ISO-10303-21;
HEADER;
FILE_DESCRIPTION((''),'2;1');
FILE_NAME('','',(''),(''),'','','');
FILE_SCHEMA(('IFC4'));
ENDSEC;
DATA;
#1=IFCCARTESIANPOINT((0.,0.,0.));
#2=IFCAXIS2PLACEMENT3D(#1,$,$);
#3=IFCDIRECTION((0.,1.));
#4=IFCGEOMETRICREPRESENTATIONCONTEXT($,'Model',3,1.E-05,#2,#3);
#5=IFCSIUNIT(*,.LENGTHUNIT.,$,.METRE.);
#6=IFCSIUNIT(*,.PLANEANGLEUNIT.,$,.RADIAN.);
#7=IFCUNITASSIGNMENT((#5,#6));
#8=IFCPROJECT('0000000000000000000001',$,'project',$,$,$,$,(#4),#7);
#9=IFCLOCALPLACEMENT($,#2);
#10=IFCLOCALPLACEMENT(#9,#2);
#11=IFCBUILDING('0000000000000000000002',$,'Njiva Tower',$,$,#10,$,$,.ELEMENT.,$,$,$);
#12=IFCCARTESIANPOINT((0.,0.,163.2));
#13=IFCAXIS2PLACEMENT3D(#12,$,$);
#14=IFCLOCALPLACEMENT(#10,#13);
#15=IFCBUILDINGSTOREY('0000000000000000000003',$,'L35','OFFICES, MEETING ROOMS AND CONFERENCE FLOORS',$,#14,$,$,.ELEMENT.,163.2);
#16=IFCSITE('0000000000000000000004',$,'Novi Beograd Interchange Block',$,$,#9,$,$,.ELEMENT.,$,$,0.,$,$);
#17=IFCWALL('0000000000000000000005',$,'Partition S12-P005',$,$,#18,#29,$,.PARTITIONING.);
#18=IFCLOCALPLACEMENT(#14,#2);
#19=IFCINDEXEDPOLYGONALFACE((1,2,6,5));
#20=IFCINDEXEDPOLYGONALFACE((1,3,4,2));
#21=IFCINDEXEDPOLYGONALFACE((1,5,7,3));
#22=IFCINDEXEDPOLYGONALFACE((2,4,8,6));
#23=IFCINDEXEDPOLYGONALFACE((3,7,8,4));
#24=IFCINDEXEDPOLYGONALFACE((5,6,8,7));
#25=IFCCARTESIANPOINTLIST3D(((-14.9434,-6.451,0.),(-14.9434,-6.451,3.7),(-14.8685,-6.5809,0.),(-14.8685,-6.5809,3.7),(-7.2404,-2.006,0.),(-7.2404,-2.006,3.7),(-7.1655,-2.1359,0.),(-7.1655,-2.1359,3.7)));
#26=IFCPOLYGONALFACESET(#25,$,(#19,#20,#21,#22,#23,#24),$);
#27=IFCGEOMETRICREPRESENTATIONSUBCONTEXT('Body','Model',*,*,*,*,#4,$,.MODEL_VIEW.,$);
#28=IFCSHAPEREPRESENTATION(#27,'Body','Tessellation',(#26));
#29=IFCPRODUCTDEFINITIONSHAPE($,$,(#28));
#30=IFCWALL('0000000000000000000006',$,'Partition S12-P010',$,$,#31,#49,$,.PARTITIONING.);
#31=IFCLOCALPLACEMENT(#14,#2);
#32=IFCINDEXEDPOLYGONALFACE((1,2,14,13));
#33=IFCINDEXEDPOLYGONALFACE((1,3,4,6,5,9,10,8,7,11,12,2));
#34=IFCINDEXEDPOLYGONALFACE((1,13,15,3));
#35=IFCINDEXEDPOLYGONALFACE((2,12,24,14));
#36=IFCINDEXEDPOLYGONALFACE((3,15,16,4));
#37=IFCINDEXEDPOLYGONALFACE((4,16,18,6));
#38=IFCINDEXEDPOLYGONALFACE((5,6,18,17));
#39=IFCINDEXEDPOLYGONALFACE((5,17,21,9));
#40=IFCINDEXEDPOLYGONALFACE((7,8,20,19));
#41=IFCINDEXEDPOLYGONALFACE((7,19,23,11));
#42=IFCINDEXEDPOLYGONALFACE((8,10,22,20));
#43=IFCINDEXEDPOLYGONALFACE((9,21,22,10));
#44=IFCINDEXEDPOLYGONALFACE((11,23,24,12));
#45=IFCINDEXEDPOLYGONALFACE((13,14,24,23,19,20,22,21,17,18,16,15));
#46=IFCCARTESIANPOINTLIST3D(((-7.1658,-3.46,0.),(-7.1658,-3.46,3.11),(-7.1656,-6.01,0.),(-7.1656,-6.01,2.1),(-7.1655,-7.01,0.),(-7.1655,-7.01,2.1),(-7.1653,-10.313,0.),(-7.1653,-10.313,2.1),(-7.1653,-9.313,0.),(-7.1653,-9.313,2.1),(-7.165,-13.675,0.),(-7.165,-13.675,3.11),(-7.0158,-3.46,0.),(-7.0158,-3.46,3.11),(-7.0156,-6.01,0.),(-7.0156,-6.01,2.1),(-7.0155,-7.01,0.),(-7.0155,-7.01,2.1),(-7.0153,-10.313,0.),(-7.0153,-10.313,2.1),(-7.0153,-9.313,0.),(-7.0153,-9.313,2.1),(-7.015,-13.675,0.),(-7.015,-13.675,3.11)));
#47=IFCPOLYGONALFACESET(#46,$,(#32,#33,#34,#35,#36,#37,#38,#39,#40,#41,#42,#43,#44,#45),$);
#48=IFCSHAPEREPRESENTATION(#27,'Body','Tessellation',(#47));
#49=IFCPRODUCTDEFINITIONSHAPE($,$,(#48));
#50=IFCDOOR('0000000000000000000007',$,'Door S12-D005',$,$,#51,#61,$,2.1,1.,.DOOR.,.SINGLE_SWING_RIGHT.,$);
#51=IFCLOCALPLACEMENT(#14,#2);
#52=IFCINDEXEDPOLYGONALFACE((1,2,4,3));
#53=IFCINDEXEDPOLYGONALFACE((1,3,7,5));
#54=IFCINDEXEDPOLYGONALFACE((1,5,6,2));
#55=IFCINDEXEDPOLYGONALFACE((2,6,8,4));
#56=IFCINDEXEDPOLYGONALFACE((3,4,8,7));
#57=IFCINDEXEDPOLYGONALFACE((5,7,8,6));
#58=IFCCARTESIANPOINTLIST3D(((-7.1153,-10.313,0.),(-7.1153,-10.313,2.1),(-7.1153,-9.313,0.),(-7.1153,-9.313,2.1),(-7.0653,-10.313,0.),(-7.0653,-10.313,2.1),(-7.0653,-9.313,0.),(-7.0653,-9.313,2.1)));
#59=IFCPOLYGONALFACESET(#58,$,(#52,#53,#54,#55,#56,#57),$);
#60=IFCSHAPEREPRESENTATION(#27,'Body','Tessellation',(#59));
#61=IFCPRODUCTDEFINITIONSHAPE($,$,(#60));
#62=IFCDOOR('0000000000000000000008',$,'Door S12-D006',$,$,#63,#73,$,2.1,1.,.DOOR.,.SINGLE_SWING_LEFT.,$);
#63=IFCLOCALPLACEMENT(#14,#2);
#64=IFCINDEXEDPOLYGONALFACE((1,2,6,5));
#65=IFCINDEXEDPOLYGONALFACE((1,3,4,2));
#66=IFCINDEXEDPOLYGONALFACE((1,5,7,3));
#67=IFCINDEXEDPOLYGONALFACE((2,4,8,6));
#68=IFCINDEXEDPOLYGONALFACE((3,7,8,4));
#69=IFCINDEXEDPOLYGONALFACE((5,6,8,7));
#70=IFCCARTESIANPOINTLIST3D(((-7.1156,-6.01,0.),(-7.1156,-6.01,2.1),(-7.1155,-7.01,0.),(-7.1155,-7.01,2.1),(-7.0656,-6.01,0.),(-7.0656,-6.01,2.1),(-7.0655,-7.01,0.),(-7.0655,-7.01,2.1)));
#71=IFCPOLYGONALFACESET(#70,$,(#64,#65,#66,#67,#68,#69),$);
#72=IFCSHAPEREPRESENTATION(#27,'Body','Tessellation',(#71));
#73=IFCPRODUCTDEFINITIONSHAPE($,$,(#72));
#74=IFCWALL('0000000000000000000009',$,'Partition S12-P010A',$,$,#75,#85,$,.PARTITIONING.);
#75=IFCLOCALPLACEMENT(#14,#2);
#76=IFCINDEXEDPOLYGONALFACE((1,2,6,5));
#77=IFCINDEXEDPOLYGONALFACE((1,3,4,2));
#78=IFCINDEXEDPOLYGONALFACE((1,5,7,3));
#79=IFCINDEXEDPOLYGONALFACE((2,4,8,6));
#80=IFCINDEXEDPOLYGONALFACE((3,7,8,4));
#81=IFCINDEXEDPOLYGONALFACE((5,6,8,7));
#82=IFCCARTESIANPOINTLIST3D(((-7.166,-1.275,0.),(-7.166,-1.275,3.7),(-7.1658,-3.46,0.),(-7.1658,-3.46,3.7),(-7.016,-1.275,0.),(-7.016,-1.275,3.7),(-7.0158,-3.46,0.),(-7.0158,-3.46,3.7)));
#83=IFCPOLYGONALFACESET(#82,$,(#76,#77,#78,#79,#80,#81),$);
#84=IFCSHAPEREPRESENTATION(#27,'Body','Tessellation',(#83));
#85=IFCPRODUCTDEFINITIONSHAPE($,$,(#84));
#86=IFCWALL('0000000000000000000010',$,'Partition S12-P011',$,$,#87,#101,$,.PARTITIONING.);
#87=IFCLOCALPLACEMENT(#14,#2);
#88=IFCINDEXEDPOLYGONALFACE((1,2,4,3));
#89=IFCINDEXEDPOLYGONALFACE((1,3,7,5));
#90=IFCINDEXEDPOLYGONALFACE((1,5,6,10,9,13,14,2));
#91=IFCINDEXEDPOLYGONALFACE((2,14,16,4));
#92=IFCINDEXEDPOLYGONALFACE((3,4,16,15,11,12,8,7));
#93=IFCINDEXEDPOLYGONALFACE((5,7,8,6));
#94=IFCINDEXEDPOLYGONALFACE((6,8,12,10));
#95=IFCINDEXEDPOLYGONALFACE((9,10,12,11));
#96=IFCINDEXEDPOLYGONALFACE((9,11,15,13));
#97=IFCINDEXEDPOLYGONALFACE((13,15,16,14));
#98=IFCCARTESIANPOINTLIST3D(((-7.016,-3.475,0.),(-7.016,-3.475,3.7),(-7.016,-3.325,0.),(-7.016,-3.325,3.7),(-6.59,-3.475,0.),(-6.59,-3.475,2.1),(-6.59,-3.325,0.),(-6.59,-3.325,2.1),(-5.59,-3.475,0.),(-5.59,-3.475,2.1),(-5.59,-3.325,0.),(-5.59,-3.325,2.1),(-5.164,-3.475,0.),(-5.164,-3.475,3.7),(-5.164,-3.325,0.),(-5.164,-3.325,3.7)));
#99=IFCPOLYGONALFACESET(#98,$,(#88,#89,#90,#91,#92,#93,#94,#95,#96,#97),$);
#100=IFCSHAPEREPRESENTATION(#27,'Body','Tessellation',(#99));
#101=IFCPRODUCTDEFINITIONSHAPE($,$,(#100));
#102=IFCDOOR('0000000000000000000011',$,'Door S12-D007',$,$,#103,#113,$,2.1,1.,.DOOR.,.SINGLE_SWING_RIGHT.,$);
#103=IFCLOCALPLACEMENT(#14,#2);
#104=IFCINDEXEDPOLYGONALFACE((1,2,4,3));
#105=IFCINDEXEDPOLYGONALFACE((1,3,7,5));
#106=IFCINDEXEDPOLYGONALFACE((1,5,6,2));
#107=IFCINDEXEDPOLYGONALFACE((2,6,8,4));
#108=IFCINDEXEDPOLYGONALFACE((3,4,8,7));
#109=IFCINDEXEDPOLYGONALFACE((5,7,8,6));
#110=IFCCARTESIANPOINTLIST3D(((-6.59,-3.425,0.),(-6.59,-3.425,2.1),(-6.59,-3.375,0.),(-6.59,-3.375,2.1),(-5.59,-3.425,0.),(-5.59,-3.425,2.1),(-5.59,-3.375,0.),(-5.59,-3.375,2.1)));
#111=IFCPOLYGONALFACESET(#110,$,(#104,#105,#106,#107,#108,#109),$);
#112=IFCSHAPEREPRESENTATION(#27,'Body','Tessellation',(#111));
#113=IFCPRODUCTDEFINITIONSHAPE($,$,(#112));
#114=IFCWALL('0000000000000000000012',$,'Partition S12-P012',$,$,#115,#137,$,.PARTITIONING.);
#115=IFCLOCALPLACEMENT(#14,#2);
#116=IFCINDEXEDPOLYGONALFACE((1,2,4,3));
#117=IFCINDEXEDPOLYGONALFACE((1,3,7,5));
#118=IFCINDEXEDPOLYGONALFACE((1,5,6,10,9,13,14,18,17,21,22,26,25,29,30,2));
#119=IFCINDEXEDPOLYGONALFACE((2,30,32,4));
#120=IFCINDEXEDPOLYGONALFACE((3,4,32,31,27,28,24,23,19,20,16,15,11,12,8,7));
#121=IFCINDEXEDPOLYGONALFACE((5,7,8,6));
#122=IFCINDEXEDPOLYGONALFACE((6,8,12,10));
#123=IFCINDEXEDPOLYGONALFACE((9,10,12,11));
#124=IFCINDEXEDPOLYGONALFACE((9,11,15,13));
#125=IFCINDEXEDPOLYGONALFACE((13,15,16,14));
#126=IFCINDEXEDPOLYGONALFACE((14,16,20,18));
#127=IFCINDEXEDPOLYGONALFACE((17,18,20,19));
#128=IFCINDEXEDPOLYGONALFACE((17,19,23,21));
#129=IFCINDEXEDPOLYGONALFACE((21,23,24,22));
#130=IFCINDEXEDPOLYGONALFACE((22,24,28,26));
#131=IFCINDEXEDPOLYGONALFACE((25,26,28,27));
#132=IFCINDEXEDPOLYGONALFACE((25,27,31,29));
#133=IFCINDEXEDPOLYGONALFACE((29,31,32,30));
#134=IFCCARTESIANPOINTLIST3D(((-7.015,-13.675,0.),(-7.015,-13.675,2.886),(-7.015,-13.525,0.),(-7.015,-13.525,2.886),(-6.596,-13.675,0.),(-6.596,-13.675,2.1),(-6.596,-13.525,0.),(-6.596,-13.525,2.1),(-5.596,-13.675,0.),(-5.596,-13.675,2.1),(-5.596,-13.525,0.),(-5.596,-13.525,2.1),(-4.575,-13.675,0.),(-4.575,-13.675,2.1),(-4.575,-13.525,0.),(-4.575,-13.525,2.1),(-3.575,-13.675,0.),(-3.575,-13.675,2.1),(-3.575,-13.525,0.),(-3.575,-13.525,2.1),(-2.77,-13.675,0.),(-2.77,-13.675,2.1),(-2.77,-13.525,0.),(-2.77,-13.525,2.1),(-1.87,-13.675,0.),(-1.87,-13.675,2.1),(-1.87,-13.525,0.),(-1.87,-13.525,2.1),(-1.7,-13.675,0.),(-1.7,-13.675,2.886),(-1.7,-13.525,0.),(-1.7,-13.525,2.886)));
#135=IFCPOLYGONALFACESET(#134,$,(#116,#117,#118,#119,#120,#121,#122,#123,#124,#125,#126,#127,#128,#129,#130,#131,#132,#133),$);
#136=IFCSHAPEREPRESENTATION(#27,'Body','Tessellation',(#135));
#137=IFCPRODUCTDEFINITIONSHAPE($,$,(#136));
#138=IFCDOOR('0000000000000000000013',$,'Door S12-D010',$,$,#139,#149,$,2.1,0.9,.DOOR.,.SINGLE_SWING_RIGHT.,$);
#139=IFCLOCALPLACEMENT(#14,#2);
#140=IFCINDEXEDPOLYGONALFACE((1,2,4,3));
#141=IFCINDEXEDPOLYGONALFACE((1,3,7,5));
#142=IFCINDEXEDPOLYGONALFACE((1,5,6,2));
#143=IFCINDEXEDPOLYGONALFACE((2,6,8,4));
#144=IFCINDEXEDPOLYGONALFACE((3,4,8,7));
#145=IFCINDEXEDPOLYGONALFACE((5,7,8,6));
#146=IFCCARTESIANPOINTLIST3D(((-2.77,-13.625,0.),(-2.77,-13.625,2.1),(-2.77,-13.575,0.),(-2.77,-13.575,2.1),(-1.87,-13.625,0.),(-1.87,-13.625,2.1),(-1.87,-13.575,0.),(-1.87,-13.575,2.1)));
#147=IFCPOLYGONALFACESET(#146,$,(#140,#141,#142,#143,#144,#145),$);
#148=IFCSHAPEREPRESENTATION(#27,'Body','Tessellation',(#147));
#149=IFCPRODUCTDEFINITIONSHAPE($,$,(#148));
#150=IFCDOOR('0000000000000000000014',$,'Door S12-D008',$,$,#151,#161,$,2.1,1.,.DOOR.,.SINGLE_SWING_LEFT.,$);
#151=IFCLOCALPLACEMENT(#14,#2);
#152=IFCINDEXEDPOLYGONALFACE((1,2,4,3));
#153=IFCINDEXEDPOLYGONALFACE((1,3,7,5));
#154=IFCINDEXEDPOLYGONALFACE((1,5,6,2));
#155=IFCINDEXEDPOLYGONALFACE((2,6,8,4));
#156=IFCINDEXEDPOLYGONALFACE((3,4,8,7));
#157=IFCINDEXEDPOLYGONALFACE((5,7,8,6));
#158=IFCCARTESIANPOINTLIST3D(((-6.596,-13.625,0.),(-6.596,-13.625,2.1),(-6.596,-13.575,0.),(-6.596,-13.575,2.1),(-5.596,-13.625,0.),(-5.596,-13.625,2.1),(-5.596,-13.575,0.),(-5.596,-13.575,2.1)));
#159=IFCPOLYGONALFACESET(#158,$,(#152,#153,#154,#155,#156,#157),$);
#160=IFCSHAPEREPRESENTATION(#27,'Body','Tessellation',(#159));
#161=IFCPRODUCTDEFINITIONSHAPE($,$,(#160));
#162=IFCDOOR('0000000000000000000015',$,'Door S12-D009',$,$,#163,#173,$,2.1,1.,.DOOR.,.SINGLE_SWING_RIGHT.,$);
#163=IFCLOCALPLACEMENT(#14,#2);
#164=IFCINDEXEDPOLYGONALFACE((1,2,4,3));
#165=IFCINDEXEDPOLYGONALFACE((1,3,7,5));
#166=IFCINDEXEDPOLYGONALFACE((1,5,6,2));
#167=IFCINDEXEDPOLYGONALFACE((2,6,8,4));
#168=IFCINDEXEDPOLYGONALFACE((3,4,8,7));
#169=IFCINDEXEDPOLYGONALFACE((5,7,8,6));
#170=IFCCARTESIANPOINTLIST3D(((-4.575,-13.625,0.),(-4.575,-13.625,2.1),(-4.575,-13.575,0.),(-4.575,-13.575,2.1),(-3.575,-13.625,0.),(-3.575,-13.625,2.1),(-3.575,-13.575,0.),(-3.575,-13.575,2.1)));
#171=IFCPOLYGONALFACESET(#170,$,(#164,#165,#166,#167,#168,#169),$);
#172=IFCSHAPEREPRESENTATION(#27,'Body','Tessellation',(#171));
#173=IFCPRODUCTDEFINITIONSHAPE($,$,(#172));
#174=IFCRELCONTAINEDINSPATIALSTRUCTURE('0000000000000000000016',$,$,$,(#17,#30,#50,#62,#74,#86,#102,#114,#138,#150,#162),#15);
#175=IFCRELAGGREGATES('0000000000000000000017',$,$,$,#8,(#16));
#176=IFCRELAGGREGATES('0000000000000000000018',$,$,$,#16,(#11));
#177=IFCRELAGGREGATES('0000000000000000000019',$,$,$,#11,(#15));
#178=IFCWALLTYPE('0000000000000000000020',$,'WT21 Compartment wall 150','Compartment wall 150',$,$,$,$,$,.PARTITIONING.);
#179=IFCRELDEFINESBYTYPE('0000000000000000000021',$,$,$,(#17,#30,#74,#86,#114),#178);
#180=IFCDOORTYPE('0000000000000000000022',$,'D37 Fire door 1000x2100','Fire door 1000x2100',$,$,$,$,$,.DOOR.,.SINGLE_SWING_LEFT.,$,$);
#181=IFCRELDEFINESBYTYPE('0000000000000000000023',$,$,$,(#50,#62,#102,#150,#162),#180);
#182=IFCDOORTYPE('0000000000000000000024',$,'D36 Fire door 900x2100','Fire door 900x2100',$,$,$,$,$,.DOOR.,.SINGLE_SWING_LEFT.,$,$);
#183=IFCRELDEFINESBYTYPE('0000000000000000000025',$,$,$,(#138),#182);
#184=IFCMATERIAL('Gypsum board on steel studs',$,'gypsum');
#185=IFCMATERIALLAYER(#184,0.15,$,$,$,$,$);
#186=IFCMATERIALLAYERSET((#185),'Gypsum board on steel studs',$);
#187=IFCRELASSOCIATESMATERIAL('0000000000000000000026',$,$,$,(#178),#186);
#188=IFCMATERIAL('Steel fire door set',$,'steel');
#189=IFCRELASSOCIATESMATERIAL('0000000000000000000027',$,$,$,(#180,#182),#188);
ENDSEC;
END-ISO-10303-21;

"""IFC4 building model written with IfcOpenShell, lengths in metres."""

from ifc_helpers import new_model, si_unit, direction, frame, frame_2d, origin, place, context, subcontext, project, spatial, rectangle, extrude, material, layer, layer_set, type_object, element, fill, save


model = new_model("IFC4")

# Units and contexts
model_context = context("Model", 3, precision=1e-05, world=origin(), true_north=direction((0.0, 1.0)))
body_context = subcontext(model_context, "Body", "Model", "MODEL_VIEW")
ifc_project = project(units=[si_unit("LENGTHUNIT", "METRE"), si_unit("PLANEANGLEUNIT", "RADIAN")], contexts=[model_context])

# Site, building, storey
site_placement = place(None, origin())
site = spatial("IfcSite", under=ifc_project, at=site_placement, Name="Novi Beograd Interchange Block", CompositionType="ELEMENT", RefElevation=0.0)
building_placement = place(site_placement, origin())
building = spatial("IfcBuilding", under=site, at=building_placement, Name="Njiva Tower", CompositionType="ELEMENT")
storey_placement = place(building_placement, frame((0.0, 0.0, 163.2)))
storey = spatial("IfcBuildingStorey", under=building, at=storey_placement, Name="L35", Description="OFFICES, MEETING ROOMS AND CONFERENCE FLOORS", CompositionType="ELEMENT", Elevation=163.2)

# Wall
ifc_material_1 = material(Name="Gypsum board on steel studs", Category="gypsum")
ifc_layer_1 = layer(ifc_material_1, 0.15)
ifc_layer_set_1 = layer_set([ifc_layer_1], Name="Gypsum board on steel studs")
wall_type_1 = type_object("IfcWallType", Name="WT21 Compartment wall 150", Description="Compartment wall 150", PredefinedType="PARTITIONING", material=ifc_layer_set_1)
wall_1_placement = place(storey_placement, frame((-14.906, -6.516, 0.0), z_axis=(0.0, 0.0, 1.0), x_axis=(0.866139, 0.499804, 0.0)))
element("IfcWall", 1, at=wall_1_placement, inside=storey, type_object=wall_type_1, Name="Partition S12-P005", PredefinedType="PARTITIONING", context=body_context, shape_type="SweptSolid", body=[
    extrude(rectangle(XDim=8.8935, YDim=0.15, at=frame_2d((4.4468, 0.0))), origin(), (0.0, 0.0, 1.0), 3.7),
])

# Wall, openings, doors
wall_2_placement = place(storey_placement, frame((-7.09, -13.675, 0.0), z_axis=(0.0, 0.0, 1.0), x_axis=(-0.000078, 1.0, 0.0)))
wall_2 = element("IfcWall", 2, at=wall_2_placement, inside=storey, type_object=wall_type_1, Name="Partition S12-P010", PredefinedType="PARTITIONING", context=body_context, shape_type="SweptSolid", body=[
    extrude(rectangle(XDim=10.215, YDim=0.15, at=frame_2d((5.1075, 0.0))), origin(), (0.0, 0.0, 1.0), 3.11),
])
opening_1_placement = place(wall_2_placement, frame((3.362, 0.0, 0.0)))
opening_1 = element("IfcOpeningElement", 3, at=opening_1_placement, cuts=wall_2, PredefinedType="OPENING", context=body_context, shape_type="SweptSolid", body=[
    extrude(rectangle(XDim=1.0, YDim=2.1, at=frame_2d((0.5, 1.05))), frame((0.0, 0.085, 0.0), z_axis=(0.0, -1.0, 0.0), x_axis=(1.0, 0.0, 0.0)), (0.0, 0.0, 1.0), 0.17),
])
opening_2_placement = place(wall_2_placement, frame((6.665, 0.0, 0.0)))
opening_2 = element("IfcOpeningElement", 4, at=opening_2_placement, cuts=wall_2, PredefinedType="OPENING", context=body_context, shape_type="SweptSolid", body=[
    extrude(rectangle(XDim=1.0, YDim=2.1, at=frame_2d((0.5, 1.05))), frame((0.0, 0.085, 0.0), z_axis=(0.0, -1.0, 0.0), x_axis=(1.0, 0.0, 0.0)), (0.0, 0.0, 1.0), 0.17),
])
ifc_material_2 = material(Name="Steel fire door set", Category="steel")
door_type_1 = type_object("IfcDoorType", Name="D37 Fire door 1000x2100", Description="Fire door 1000x2100", OperationType="SINGLE_SWING_LEFT", PredefinedType="DOOR", material=ifc_material_2)
door_1_placement = place(opening_1_placement, origin())
door_1 = element("IfcDoor", 5, at=door_1_placement, inside=storey, type_object=door_type_1, Name="Door S12-D005", OperationType="SINGLE_SWING_RIGHT", OverallHeight=2.1, OverallWidth=1.0, PredefinedType="DOOR", context=body_context, shape_type="SweptSolid", body=[
    extrude(rectangle(XDim=1.0, YDim=2.1, at=frame_2d((0.5, 1.05))), frame((0.0, 0.025, 0.0), z_axis=(0.0, -1.0, 0.0), x_axis=(1.0, 0.0, 0.0)), (0.0, 0.0, 1.0), 0.05),
])
fill(opening_1, door_1)
door_2_placement = place(opening_2_placement, origin())
door_2 = element("IfcDoor", 6, at=door_2_placement, inside=storey, type_object=door_type_1, Name="Door S12-D006", OperationType="SINGLE_SWING_LEFT", OverallHeight=2.1, OverallWidth=1.0, PredefinedType="DOOR", context=body_context, shape_type="SweptSolid", body=[
    extrude(rectangle(XDim=1.0, YDim=2.1, at=frame_2d((0.5, 1.05))), frame((0.0, 0.025, 0.0), z_axis=(0.0, -1.0, 0.0), x_axis=(1.0, 0.0, 0.0)), (0.0, 0.0, 1.0), 0.05),
])
fill(opening_2, door_2)

# Wall
wall_3_placement = place(storey_placement, frame((-7.0908, -3.46, 0.0), z_axis=(0.0, 0.0, 1.0), x_axis=(-0.000092, 1.0, 0.0)))
element("IfcWall", 7, at=wall_3_placement, inside=storey, type_object=wall_type_1, Name="Partition S12-P010A", PredefinedType="PARTITIONING", context=body_context, shape_type="SweptSolid", body=[
    extrude(rectangle(XDim=2.185, YDim=0.15, at=frame_2d((1.0925, 0.0))), origin(), (0.0, 0.0, 1.0), 3.7),
])

# Wall, opening, door
wall_4_placement = place(storey_placement, frame((-7.016, -3.4, 0.0), z_axis=(0.0, 0.0, 1.0), x_axis=(1.0, 0.0, 0.0)))
wall_4 = element("IfcWall", 8, at=wall_4_placement, inside=storey, type_object=wall_type_1, Name="Partition S12-P011", PredefinedType="PARTITIONING", context=body_context, shape_type="SweptSolid", body=[
    extrude(rectangle(XDim=1.852, YDim=0.15, at=frame_2d((0.926, 0.0))), origin(), (0.0, 0.0, 1.0), 3.7),
])
opening_3_placement = place(wall_4_placement, frame((0.426, 0.0, 0.0)))
opening_3 = element("IfcOpeningElement", 9, at=opening_3_placement, cuts=wall_4, PredefinedType="OPENING", context=body_context, shape_type="SweptSolid", body=[
    extrude(rectangle(XDim=1.0, YDim=2.1, at=frame_2d((0.5, 1.05))), frame((0.0, 0.085, 0.0), z_axis=(0.0, -1.0, 0.0), x_axis=(1.0, 0.0, 0.0)), (0.0, 0.0, 1.0), 0.17),
])
door_3_placement = place(opening_3_placement, origin())
door_3 = element("IfcDoor", 10, at=door_3_placement, inside=storey, type_object=door_type_1, Name="Door S12-D007", OperationType="SINGLE_SWING_RIGHT", OverallHeight=2.1, OverallWidth=1.0, PredefinedType="DOOR", context=body_context, shape_type="SweptSolid", body=[
    extrude(rectangle(XDim=1.0, YDim=2.1, at=frame_2d((0.5, 1.05))), frame((0.0, 0.025, 0.0), z_axis=(0.0, -1.0, 0.0), x_axis=(1.0, 0.0, 0.0)), (0.0, 0.0, 1.0), 0.05),
])
fill(opening_3, door_3)

# Wall, openings, doors
wall_5_placement = place(storey_placement, frame((-7.015, -13.6, 0.0), z_axis=(0.0, 0.0, 1.0), x_axis=(1.0, 0.0, 0.0)))
wall_5 = element("IfcWall", 11, at=wall_5_placement, inside=storey, type_object=wall_type_1, Name="Partition S12-P012", PredefinedType="PARTITIONING", context=body_context, shape_type="SweptSolid", body=[
    extrude(rectangle(XDim=5.315, YDim=0.15, at=frame_2d((2.6575, 0.0))), origin(), (0.0, 0.0, 1.0), 2.886),
])
opening_4_placement = place(wall_5_placement, frame((0.419, 0.0, 0.0)))
opening_4 = element("IfcOpeningElement", 12, at=opening_4_placement, cuts=wall_5, PredefinedType="OPENING", context=body_context, shape_type="SweptSolid", body=[
    extrude(rectangle(XDim=1.0, YDim=2.1, at=frame_2d((0.5, 1.05))), frame((0.0, 0.085, 0.0), z_axis=(0.0, -1.0, 0.0), x_axis=(1.0, 0.0, 0.0)), (0.0, 0.0, 1.0), 0.17),
])
opening_5_placement = place(wall_5_placement, frame((2.44, 0.0, 0.0)))
opening_5 = element("IfcOpeningElement", 13, at=opening_5_placement, cuts=wall_5, PredefinedType="OPENING", context=body_context, shape_type="SweptSolid", body=[
    extrude(rectangle(XDim=1.0, YDim=2.1, at=frame_2d((0.5, 1.05))), frame((0.0, 0.085, 0.0), z_axis=(0.0, -1.0, 0.0), x_axis=(1.0, 0.0, 0.0)), (0.0, 0.0, 1.0), 0.17),
])
opening_6_placement = place(wall_5_placement, frame((4.245, 0.0, 0.0)))
opening_6 = element("IfcOpeningElement", 14, at=opening_6_placement, cuts=wall_5, PredefinedType="OPENING", context=body_context, shape_type="SweptSolid", body=[
    extrude(rectangle(XDim=0.9, YDim=2.1, at=frame_2d((0.45, 1.05))), frame((0.0, 0.085, 0.0), z_axis=(0.0, -1.0, 0.0), x_axis=(1.0, 0.0, 0.0)), (0.0, 0.0, 1.0), 0.17),
])
door_type_2 = type_object("IfcDoorType", Name="D36 Fire door 900x2100", Description="Fire door 900x2100", OperationType="SINGLE_SWING_LEFT", PredefinedType="DOOR", material=ifc_material_2)
door_4_placement = place(opening_6_placement, origin())
door_4 = element("IfcDoor", 15, at=door_4_placement, inside=storey, type_object=door_type_2, Name="Door S12-D010", OperationType="SINGLE_SWING_RIGHT", OverallHeight=2.1, OverallWidth=0.9, PredefinedType="DOOR", context=body_context, shape_type="SweptSolid", body=[
    extrude(rectangle(XDim=0.9, YDim=2.1, at=frame_2d((0.45, 1.05))), frame((0.0, 0.025, 0.0), z_axis=(0.0, -1.0, 0.0), x_axis=(1.0, 0.0, 0.0)), (0.0, 0.0, 1.0), 0.05),
])
fill(opening_6, door_4)
door_5_placement = place(opening_4_placement, origin())
door_5 = element("IfcDoor", 16, at=door_5_placement, inside=storey, type_object=door_type_1, Name="Door S12-D008", OperationType="SINGLE_SWING_LEFT", OverallHeight=2.1, OverallWidth=1.0, PredefinedType="DOOR", context=body_context, shape_type="SweptSolid", body=[
    extrude(rectangle(XDim=1.0, YDim=2.1, at=frame_2d((0.5, 1.05))), frame((0.0, 0.025, 0.0), z_axis=(0.0, -1.0, 0.0), x_axis=(1.0, 0.0, 0.0)), (0.0, 0.0, 1.0), 0.05),
])
fill(opening_4, door_5)
door_6_placement = place(opening_5_placement, origin())
door_6 = element("IfcDoor", 17, at=door_6_placement, inside=storey, type_object=door_type_1, Name="Door S12-D009", OperationType="SINGLE_SWING_RIGHT", OverallHeight=2.1, OverallWidth=1.0, PredefinedType="DOOR", context=body_context, shape_type="SweptSolid", body=[
    extrude(rectangle(XDim=1.0, YDim=2.1, at=frame_2d((0.5, 1.05))), frame((0.0, 0.025, 0.0), z_axis=(0.0, -1.0, 0.0), x_axis=(1.0, 0.0, 0.0)), (0.0, 0.0, 1.0), 0.05),
])
fill(opening_5, door_6)

save(model, "model.ifc")
